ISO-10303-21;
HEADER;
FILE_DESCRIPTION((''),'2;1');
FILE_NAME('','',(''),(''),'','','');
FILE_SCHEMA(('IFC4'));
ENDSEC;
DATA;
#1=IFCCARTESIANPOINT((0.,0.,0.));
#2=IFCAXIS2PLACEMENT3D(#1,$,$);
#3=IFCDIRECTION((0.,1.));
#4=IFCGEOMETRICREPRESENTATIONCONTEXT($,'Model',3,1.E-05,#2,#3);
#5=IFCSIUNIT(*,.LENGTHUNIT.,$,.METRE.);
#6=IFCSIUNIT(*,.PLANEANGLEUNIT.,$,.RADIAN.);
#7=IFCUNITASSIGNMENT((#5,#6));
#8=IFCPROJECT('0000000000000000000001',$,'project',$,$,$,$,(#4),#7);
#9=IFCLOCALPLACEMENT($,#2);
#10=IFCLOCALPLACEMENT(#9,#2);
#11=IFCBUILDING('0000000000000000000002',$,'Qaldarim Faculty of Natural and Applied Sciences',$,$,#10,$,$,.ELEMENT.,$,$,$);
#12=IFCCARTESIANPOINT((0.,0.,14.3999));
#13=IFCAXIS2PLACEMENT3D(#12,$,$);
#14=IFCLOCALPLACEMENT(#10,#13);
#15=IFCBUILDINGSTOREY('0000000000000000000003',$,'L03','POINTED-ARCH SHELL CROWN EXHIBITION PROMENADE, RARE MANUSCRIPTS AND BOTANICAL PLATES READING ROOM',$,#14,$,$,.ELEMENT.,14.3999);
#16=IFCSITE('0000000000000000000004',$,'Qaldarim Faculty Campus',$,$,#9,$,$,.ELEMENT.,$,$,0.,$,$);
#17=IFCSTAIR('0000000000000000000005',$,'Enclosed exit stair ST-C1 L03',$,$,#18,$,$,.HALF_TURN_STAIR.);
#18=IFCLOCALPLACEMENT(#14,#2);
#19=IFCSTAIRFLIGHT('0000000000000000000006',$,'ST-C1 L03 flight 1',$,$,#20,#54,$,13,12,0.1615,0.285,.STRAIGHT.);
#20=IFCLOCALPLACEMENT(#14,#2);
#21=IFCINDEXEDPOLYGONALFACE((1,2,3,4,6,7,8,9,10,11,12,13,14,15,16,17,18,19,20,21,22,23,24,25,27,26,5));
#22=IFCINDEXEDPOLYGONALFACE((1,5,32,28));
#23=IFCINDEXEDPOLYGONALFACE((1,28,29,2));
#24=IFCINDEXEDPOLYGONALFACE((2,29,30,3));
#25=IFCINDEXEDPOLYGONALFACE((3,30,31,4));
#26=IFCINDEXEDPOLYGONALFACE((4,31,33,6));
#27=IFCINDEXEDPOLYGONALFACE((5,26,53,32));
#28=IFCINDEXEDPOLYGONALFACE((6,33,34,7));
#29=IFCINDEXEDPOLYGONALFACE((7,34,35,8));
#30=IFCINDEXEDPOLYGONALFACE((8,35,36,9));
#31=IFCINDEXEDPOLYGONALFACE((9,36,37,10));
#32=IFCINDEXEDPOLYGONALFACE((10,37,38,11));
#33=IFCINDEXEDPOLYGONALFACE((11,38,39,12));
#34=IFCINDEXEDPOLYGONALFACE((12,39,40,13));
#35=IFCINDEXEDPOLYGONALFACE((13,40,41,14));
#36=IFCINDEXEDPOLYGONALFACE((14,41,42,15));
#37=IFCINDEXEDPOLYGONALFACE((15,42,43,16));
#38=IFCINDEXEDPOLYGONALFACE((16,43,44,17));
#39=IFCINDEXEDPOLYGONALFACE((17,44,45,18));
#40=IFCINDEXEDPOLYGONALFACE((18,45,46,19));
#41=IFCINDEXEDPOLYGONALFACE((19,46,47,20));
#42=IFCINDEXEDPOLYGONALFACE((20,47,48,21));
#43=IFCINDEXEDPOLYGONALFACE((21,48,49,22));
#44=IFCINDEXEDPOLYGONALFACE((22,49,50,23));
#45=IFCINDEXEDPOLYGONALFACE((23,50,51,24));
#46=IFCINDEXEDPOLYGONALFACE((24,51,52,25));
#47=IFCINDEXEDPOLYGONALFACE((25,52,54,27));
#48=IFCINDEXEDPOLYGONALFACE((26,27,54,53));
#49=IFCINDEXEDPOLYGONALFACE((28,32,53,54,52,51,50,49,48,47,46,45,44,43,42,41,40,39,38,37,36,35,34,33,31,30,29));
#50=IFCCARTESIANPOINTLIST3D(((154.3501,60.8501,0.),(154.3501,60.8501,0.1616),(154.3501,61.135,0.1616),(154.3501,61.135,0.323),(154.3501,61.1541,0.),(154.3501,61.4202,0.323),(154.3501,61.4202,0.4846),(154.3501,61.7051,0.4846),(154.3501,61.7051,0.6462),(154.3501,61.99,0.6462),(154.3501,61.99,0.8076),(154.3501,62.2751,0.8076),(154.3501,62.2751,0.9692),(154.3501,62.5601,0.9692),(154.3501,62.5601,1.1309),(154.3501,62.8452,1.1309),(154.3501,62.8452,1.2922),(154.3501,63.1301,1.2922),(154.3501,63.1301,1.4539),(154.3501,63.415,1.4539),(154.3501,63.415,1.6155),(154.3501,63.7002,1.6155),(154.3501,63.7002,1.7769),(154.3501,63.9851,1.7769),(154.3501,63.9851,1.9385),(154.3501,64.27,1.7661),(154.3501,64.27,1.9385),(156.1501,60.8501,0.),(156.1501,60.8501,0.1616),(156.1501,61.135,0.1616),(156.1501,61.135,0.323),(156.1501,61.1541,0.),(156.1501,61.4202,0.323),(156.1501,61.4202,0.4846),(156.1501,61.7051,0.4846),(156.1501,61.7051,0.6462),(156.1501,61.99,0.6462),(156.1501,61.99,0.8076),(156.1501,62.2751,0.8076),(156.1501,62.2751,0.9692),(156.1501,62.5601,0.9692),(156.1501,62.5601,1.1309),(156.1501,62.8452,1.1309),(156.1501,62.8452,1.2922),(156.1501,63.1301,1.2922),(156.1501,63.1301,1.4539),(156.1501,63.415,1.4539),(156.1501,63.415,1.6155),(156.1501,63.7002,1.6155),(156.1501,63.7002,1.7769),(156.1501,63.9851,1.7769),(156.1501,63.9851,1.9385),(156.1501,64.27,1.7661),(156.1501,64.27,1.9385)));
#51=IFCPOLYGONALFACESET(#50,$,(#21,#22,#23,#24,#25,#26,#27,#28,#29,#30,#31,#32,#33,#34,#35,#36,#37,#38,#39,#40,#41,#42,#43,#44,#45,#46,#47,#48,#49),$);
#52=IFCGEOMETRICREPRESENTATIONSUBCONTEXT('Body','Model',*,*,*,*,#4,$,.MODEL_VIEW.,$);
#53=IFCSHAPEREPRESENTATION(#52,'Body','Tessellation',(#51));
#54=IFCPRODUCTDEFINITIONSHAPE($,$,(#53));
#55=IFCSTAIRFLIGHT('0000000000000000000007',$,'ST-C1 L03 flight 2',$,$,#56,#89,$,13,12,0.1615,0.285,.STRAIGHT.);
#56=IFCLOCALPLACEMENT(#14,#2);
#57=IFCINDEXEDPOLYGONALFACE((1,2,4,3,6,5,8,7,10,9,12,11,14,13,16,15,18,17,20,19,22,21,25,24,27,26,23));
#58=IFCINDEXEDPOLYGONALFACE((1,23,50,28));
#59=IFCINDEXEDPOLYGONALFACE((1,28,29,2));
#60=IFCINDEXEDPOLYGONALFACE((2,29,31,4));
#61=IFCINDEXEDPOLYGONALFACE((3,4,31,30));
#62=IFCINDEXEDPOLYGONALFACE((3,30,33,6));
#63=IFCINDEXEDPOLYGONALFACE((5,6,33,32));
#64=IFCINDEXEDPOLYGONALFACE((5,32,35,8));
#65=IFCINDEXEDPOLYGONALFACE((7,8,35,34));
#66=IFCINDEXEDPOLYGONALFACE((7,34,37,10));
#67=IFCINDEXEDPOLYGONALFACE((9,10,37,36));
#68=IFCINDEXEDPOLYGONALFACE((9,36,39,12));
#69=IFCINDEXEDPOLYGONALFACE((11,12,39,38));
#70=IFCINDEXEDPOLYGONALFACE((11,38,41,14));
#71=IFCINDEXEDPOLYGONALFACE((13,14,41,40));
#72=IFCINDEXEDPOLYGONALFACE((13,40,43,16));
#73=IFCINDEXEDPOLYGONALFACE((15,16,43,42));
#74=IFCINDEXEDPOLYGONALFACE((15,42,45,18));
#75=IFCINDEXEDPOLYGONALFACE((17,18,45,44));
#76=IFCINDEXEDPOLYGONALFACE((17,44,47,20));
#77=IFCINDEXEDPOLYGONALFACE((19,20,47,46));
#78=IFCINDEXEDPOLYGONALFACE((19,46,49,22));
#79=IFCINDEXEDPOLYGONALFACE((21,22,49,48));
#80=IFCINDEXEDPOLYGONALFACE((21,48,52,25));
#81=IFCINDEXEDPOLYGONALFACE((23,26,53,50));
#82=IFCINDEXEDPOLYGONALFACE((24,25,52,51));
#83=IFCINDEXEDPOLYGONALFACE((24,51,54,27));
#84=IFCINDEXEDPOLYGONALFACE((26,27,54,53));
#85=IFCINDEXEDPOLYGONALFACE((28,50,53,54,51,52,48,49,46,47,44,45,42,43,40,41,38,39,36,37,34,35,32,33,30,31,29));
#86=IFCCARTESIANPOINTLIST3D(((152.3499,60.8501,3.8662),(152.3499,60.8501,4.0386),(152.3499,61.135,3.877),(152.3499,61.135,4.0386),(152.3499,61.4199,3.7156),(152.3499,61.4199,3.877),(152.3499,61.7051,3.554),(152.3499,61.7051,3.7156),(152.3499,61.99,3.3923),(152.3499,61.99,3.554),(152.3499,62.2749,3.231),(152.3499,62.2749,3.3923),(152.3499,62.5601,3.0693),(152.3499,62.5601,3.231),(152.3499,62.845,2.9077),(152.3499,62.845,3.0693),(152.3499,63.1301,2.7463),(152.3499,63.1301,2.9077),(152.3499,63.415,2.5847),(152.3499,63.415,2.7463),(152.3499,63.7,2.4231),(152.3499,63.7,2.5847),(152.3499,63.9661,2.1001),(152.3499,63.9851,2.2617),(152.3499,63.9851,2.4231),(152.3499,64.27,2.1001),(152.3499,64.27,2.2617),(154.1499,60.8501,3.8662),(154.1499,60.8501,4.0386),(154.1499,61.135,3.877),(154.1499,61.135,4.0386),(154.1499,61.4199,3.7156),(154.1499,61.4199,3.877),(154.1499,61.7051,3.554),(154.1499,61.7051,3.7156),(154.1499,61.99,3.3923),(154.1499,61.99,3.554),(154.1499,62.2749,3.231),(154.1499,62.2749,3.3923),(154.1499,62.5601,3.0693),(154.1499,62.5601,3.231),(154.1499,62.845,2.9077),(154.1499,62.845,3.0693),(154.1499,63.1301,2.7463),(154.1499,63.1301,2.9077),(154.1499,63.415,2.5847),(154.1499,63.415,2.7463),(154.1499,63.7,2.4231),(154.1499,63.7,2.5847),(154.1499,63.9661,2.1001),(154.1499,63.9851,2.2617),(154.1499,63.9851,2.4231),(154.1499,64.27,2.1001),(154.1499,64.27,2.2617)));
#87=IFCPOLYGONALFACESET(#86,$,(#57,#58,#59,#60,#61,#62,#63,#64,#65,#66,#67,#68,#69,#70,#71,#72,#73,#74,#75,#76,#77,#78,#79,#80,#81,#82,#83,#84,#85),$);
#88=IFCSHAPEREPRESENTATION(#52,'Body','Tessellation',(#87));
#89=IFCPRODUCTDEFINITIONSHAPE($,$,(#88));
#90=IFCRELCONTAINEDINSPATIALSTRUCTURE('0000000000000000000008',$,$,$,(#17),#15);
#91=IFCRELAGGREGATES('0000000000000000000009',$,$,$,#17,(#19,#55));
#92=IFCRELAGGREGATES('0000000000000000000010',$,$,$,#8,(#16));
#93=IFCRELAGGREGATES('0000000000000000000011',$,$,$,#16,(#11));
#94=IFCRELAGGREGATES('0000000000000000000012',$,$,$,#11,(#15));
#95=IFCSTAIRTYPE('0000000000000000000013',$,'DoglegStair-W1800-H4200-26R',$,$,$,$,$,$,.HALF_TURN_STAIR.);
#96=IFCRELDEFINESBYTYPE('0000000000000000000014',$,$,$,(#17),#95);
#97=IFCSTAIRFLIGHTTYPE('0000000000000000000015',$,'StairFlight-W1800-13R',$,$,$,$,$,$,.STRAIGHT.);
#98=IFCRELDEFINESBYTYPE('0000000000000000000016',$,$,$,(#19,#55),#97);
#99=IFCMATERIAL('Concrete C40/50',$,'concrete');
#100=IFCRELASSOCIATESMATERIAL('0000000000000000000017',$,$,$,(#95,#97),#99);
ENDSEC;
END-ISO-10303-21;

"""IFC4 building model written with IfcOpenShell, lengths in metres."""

from ifc_helpers import new_model, si_unit, direction, frame, origin, place, context, subcontext, project, spatial, polyline, outline, extrude, material, type_object, element, aggregate, save


model = new_model("IFC4")

# Units and contexts
model_context = context("Model", 3, precision=1e-05, world=origin(), true_north=direction((0.0, 1.0)))
body_context = subcontext(model_context, "Body", "Model", "MODEL_VIEW")
ifc_project = project(units=[si_unit("LENGTHUNIT", "METRE"), si_unit("PLANEANGLEUNIT", "RADIAN")], contexts=[model_context])

# Site, building, storey
site_placement = place(None, origin())
site = spatial("IfcSite", under=ifc_project, at=site_placement, Name="Qaldarim Faculty Campus", CompositionType="ELEMENT", RefElevation=0.0)
building_placement = place(site_placement, origin())
building = spatial("IfcBuilding", under=site, at=building_placement, Name="Qaldarim Faculty of Natural and Applied Sciences", CompositionType="ELEMENT")
storey_placement = place(building_placement, frame((0.0, 0.0, 14.3999)))
storey = spatial("IfcBuildingStorey", under=building, at=storey_placement, Name="L03", Description="POINTED-ARCH SHELL CROWN EXHIBITION PROMENADE, RARE MANUSCRIPTS AND BOTANICAL PLATES READING ROOM", CompositionType="ELEMENT", Elevation=14.3999)

# Shared definitions
ifc_material_1 = material(Name="Concrete C40/50", Category="concrete")

# Stair, stair flights
stair_type = type_object("IfcStairType", Name="DoglegStair-W1800-H4200-26R", PredefinedType="HALF_TURN_STAIR", material=ifc_material_1)
stair_placement = place(storey_placement, origin())
stair = element("IfcStair", 1, at=stair_placement, inside=storey, type_object=stair_type, Name="Enclosed exit stair ST-C1 L03", PredefinedType="HALF_TURN_STAIR")
stair_flight_type = type_object("IfcStairFlightType", Name="StairFlight-W1800-13R", PredefinedType="STRAIGHT", material=ifc_material_1)
stair_flight_1_placement = place(storey_placement, frame((155.25, 60.8501, 0.0), z_axis=(0.0, 0.0, 1.0), x_axis=(0.0, 1.0, 0.0)))
stair_flight_1 = element("IfcStairFlight", 2, at=stair_flight_1_placement, type_object=stair_flight_type, Name="ST-C1 L03 flight 1", NumberOfRisers=13, NumberOfTreads=12, PredefinedType="STRAIGHT", RiserHeight=0.1615, TreadLength=0.285, context=body_context, shape_type="SweptSolid", body=[
    extrude(outline(polyline([(0.0, 0.0), (0.0, 0.1616), (0.2849, 0.1616), (0.2849, 0.323), (0.5701, 0.323), (0.5701, 0.4846), (0.855, 0.4846), (0.855, 0.6462), (1.1399, 0.6462), (1.1399, 0.8076), (1.425, 0.8076), (1.425, 0.9692), (1.71, 0.9692), (1.71, 1.1309), (1.9951, 1.1309), (1.9951, 1.2922), (2.28, 1.2922), (2.28, 1.4539), (2.5649, 1.4539), (2.5649, 1.6155), (2.8501, 1.6155), (2.8501, 1.7769), (3.135, 1.7769), (3.135, 1.9385), (3.4199, 1.9385), (3.4199, 2.1001), (3.4199, 1.7661), (0.304, 0.0), (0.0, 0.0)])), frame((0.0, 0.8999, 0.0), z_axis=(0.0, -1.0, 0.0), x_axis=(1.0, 0.0, 0.0)), (0.0, 0.0, 1.0), 1.8),
])
stair_flight_2_placement = place(storey_placement, frame((153.25, 64.27, 2.1001), z_axis=(0.0, 0.0, 1.0), x_axis=(0.0, -1.0, 0.0)))
stair_flight_2 = element("IfcStairFlight", 3, at=stair_flight_2_placement, type_object=stair_flight_type, Name="ST-C1 L03 flight 2", NumberOfRisers=13, NumberOfTreads=12, PredefinedType="STRAIGHT", RiserHeight=0.1615, TreadLength=0.285, context=body_context, shape_type="SweptSolid", body=[
    extrude(outline(polyline([(0.0, 0.0), (0.0, 0.1616), (0.2849, 0.1616), (0.2849, 0.323), (0.5701, 0.323), (0.5701, 0.4846), (0.855, 0.4846), (0.855, 0.6462), (1.1399, 0.6462), (1.1399, 0.8076), (1.425, 0.8076), (1.425, 0.9692), (1.71, 0.9692), (1.71, 1.1309), (1.9951, 1.1309), (1.9951, 1.2922), (2.28, 1.2922), (2.28, 1.4539), (2.5649, 1.4539), (2.5649, 1.6155), (2.8501, 1.6155), (2.8501, 1.7769), (3.135, 1.7769), (3.135, 1.9385), (3.4199, 1.9385), (3.4199, 2.1001), (3.4199, 1.7661), (0.304, 0.0), (0.0, 0.0)])), frame((0.0, 0.8999, 0.0), z_axis=(0.0, -1.0, 0.0), x_axis=(1.0, 0.0, 0.0)), (0.0, 0.0, 1.0), 1.8),
])
aggregate(stair, [stair_flight_1, stair_flight_2])

save(model, "model.ifc")
